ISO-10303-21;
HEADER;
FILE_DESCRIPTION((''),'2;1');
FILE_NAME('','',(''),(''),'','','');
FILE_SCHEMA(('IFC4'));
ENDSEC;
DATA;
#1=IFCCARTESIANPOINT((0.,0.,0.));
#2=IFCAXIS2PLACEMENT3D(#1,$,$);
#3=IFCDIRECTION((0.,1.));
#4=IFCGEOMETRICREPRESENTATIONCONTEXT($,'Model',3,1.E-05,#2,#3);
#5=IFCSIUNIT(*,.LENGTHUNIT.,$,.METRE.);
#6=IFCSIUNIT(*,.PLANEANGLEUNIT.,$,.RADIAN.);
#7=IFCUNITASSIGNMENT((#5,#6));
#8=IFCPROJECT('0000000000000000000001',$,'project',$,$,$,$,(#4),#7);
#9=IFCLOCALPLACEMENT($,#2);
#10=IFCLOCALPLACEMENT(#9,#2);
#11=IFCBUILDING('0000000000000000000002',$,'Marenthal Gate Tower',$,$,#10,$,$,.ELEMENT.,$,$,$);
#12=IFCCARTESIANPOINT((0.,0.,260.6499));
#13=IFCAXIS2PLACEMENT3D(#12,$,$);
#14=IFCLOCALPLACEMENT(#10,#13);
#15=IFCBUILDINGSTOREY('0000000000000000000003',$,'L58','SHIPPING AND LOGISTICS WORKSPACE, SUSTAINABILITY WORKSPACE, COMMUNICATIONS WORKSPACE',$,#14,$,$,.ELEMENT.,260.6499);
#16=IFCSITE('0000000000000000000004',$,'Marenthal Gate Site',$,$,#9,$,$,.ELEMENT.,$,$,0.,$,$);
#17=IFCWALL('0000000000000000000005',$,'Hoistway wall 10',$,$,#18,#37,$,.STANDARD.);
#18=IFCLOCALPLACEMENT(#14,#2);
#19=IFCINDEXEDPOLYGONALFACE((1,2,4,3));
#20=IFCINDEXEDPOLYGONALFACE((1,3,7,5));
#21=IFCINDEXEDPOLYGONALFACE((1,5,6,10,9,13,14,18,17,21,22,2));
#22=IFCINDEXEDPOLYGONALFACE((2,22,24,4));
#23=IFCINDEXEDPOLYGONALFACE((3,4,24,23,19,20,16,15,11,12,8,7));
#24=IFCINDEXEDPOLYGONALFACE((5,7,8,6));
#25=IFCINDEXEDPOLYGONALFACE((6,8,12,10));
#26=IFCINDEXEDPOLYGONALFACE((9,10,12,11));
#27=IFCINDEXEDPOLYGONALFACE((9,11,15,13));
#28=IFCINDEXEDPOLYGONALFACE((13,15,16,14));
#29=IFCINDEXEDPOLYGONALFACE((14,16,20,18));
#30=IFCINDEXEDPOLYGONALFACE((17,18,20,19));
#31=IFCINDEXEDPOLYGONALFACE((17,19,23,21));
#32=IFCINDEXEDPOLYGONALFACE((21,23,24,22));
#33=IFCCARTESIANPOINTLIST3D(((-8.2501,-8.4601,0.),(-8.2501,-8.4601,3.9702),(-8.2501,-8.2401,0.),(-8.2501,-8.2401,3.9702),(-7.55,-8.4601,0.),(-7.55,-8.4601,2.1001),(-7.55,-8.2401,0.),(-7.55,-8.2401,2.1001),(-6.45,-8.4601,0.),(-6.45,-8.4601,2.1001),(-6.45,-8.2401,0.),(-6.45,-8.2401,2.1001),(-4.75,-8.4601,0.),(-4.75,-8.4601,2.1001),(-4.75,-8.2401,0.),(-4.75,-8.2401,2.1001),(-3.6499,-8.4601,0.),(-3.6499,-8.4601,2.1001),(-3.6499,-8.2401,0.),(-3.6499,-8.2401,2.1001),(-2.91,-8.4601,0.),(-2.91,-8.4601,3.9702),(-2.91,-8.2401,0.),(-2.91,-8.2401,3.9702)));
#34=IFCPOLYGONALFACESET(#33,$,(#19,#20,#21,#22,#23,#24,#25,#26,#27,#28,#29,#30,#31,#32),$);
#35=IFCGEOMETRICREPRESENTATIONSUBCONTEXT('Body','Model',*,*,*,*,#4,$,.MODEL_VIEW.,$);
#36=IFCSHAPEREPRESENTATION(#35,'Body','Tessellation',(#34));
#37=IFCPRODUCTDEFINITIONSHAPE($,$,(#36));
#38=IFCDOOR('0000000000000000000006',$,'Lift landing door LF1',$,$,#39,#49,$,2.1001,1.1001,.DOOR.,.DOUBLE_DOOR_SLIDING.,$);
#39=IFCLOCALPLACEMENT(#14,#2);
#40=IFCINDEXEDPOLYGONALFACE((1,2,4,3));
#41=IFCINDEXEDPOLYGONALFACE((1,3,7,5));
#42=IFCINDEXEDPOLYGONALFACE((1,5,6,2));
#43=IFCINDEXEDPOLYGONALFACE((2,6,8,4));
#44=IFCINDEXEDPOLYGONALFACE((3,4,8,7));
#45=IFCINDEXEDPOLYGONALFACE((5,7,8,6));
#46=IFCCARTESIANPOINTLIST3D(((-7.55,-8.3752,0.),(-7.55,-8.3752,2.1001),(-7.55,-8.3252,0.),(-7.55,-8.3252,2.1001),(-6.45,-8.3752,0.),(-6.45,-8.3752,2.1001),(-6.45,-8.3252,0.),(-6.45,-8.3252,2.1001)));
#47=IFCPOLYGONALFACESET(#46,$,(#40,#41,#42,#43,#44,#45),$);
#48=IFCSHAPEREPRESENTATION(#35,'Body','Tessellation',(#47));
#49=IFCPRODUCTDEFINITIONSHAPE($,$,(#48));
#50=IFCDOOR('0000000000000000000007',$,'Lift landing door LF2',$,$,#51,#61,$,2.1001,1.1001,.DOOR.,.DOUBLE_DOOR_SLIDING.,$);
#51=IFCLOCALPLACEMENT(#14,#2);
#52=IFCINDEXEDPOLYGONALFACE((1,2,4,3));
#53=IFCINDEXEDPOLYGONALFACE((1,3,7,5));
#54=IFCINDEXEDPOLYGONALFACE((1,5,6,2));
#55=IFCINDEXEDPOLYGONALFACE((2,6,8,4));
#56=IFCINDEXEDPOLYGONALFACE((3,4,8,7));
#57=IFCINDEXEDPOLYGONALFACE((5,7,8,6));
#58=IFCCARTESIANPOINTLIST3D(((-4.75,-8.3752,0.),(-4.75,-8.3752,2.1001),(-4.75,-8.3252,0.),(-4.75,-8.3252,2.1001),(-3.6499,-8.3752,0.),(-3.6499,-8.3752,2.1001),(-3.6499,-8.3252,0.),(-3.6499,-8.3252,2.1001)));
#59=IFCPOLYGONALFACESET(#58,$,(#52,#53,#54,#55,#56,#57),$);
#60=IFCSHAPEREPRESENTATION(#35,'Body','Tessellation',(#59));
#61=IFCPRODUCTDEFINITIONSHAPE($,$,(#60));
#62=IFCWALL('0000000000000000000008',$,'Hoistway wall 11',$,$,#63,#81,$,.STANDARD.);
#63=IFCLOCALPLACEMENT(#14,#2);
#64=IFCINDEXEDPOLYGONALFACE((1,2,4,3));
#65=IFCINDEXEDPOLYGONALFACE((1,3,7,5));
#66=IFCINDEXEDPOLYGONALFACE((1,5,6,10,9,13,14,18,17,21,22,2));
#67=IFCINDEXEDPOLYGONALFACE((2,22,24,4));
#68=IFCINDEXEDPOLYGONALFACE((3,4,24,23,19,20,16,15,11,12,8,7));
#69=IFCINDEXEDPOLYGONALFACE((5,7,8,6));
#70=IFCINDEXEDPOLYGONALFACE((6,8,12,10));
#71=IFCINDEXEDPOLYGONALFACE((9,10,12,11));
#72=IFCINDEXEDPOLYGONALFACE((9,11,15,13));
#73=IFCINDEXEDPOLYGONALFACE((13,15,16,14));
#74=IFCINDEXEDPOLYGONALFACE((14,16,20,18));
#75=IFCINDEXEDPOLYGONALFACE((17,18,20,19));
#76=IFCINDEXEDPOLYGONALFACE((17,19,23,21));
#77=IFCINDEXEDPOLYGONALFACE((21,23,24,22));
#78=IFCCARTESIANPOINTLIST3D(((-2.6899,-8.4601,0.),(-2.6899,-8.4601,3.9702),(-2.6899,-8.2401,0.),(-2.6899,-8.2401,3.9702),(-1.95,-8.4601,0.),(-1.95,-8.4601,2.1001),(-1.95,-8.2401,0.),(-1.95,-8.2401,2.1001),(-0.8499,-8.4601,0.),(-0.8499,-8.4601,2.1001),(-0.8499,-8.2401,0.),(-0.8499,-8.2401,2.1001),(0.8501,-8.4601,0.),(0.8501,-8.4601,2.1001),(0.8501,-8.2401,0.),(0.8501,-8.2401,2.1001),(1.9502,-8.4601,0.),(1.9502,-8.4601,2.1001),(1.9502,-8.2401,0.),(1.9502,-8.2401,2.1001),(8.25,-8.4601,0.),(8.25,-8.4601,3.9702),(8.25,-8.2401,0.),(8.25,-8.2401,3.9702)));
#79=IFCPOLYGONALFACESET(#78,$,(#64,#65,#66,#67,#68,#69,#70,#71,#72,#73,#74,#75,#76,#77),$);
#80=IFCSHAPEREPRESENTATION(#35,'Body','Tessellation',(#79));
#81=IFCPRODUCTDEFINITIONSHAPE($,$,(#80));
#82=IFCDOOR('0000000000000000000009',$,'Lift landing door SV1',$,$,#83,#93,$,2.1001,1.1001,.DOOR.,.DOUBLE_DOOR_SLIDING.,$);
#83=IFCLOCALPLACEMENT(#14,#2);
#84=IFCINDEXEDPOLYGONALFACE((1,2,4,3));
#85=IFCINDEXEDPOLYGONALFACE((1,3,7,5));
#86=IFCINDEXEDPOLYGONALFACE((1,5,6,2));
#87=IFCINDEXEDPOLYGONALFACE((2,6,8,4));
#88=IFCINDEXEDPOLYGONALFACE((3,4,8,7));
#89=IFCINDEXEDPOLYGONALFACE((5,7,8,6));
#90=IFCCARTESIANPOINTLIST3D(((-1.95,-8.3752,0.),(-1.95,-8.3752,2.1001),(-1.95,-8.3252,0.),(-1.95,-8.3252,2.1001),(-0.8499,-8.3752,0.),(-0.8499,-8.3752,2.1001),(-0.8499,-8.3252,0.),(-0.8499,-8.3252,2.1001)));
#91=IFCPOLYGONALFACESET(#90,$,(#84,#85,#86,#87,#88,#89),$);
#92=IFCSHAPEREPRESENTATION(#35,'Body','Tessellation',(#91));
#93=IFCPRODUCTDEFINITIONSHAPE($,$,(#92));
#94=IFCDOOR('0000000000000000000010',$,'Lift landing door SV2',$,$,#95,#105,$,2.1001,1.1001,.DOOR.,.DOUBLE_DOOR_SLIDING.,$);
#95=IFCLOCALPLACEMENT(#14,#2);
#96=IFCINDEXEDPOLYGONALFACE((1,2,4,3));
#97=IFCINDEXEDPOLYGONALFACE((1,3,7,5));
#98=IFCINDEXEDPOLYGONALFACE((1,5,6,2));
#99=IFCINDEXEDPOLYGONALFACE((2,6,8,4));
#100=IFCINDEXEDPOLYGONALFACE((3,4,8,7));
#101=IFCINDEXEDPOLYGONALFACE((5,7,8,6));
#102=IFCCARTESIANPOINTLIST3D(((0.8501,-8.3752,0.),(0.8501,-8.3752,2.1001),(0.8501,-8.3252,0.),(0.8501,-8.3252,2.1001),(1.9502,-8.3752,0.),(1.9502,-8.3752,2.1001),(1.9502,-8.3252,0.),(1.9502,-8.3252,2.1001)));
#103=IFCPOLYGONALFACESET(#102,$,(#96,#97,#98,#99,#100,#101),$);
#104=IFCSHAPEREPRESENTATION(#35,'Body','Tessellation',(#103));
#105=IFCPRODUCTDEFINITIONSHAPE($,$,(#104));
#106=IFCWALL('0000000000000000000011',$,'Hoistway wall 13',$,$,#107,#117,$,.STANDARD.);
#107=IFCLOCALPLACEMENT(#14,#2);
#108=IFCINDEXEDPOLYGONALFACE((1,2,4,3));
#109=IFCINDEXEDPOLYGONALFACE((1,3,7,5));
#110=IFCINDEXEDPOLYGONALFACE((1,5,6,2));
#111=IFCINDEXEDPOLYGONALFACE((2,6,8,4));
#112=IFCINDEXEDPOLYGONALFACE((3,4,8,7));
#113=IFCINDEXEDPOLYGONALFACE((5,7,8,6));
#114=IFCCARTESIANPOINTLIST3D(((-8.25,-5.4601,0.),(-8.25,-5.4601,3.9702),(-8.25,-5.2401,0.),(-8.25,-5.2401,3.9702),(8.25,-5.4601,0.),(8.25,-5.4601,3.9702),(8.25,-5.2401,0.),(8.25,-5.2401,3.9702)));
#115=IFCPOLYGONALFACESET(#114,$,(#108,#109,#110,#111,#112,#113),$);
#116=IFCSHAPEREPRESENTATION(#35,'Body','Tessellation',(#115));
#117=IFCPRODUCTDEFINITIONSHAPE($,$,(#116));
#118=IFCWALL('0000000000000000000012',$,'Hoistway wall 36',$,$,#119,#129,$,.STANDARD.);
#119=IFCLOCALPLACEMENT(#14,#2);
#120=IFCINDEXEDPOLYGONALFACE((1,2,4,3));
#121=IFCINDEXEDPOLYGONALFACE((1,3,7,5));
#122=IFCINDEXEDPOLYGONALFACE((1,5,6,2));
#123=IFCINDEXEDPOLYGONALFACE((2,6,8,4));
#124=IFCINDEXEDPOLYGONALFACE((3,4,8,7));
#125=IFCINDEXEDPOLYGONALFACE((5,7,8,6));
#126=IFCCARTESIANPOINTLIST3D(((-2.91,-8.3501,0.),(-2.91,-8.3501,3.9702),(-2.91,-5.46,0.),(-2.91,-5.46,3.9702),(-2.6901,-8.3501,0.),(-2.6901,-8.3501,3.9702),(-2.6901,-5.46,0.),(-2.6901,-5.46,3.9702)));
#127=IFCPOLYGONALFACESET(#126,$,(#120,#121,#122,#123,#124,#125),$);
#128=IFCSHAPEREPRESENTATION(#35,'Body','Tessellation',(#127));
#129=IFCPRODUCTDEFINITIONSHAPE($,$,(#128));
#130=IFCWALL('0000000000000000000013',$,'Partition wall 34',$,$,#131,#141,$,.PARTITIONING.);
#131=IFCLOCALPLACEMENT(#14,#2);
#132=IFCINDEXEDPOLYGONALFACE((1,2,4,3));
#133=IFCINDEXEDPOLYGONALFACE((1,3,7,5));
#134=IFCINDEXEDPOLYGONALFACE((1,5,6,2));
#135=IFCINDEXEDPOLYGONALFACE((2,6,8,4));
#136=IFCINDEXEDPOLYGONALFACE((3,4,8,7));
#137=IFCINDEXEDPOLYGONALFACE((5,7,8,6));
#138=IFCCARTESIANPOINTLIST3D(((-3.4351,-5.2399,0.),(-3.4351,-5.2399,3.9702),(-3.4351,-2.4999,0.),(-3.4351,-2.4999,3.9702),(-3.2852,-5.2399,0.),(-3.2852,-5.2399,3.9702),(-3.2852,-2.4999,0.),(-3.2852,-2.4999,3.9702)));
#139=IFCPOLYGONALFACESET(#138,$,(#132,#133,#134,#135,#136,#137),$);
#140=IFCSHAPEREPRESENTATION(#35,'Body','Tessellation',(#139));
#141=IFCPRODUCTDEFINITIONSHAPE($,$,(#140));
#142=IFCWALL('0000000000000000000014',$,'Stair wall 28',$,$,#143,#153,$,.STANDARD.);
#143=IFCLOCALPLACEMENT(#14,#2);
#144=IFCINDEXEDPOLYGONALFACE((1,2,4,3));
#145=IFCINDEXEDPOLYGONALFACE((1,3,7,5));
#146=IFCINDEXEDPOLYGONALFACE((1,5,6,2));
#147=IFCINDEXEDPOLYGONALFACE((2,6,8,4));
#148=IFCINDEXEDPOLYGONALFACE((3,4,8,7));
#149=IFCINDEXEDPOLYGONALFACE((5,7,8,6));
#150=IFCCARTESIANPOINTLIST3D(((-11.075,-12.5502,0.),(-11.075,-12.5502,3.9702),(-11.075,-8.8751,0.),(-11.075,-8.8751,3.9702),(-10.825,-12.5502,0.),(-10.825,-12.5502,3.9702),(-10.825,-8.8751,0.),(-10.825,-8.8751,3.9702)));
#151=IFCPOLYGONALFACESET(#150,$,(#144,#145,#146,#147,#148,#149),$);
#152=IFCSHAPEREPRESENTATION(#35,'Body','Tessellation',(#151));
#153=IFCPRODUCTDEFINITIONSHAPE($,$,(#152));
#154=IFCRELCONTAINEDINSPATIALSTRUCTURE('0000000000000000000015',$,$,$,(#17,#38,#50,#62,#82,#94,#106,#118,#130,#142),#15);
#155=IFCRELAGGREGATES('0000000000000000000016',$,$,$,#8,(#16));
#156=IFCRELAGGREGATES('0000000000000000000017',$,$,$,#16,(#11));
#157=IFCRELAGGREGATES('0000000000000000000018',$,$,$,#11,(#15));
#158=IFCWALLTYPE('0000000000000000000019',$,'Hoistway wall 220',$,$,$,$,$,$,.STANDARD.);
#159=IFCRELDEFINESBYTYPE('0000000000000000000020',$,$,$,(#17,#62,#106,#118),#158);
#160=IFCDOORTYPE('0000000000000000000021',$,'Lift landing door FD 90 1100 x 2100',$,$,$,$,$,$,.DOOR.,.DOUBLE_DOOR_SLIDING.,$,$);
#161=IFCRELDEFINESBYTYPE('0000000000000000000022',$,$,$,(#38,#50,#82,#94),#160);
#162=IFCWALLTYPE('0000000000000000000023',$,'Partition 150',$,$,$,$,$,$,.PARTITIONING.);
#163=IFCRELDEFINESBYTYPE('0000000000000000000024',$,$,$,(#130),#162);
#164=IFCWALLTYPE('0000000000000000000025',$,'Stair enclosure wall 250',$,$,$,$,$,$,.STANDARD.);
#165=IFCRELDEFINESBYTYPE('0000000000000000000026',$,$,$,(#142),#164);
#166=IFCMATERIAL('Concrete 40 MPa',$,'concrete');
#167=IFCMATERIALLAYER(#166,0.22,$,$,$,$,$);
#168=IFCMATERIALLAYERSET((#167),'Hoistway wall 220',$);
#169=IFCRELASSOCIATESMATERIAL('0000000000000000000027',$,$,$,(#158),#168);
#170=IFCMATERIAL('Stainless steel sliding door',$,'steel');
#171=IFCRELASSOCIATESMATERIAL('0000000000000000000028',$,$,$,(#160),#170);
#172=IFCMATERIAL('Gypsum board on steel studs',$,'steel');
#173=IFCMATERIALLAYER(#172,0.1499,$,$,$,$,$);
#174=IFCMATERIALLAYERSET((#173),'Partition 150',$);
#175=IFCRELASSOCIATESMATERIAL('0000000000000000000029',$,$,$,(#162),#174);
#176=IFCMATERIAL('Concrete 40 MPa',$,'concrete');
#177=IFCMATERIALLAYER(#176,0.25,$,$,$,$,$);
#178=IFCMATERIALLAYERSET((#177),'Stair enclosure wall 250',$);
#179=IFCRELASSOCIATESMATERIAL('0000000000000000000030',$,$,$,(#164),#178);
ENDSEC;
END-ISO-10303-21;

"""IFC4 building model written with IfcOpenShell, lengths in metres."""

from ifc_helpers import new_model, si_unit, direction, frame, frame_2d, origin, place, context, subcontext, project, spatial, rectangle, extrude, material, layer, layer_set, type_object, element, fill, save


model = new_model("IFC4")

# Units and contexts
model_context = context("Model", 3, precision=1e-05, world=origin(), true_north=direction((0.0, 1.0)))
body_context = subcontext(model_context, "Body", "Model", "MODEL_VIEW")
ifc_project = project(units=[si_unit("LENGTHUNIT", "METRE"), si_unit("PLANEANGLEUNIT", "RADIAN")], contexts=[model_context])

# Site, building, storey
site_placement = place(None, origin())
site = spatial("IfcSite", under=ifc_project, at=site_placement, Name="Marenthal Gate Site", CompositionType="ELEMENT", RefElevation=0.0)
building_placement = place(site_placement, origin())
building = spatial("IfcBuilding", under=site, at=building_placement, Name="Marenthal Gate Tower", CompositionType="ELEMENT")
storey_placement = place(building_placement, frame((0.0, 0.0, 260.6499)))
storey = spatial("IfcBuildingStorey", under=building, at=storey_placement, Name="L58", Description="SHIPPING AND LOGISTICS WORKSPACE, SUSTAINABILITY WORKSPACE, COMMUNICATIONS WORKSPACE", CompositionType="ELEMENT", Elevation=260.6499)

# Walls, openings, doors
ifc_material_1 = material(Name="Concrete 40 MPa", Category="concrete")
ifc_layer_1 = layer(ifc_material_1, 0.22)
ifc_layer_set_1 = layer_set([ifc_layer_1], Name="Hoistway wall 220")
wall_type_1 = type_object("IfcWallType", Name="Hoistway wall 220", PredefinedType="STANDARD", material=ifc_layer_set_1)
wall_1_placement = place(storey_placement, frame((-8.25, -8.3501, 0.0), z_axis=(0.0, 0.0, 1.0), x_axis=(1.0, 0.0, 0.0)))
wall_1 = element("IfcWall", 1, at=wall_1_placement, inside=storey, type_object=wall_type_1, Name="Hoistway wall 10", PredefinedType="STANDARD", context=body_context, shape_type="SweptSolid", body=[
    extrude(rectangle(XDim=5.3401, YDim=0.22, at=frame_2d((2.6699, 0.0))), origin(), (0.0, 0.0, 1.0), 3.9702),
])
opening_1_placement = place(wall_1_placement, frame((0.7, 0.0, 0.0)))
opening_1 = element("IfcOpeningElement", 2, at=opening_1_placement, cuts=wall_1, PredefinedType="OPENING", context=body_context, shape_type="SweptSolid", body=[
    extrude(rectangle(XDim=1.1001, YDim=2.1001, at=frame_2d((0.55, 1.05))), frame((0.0, 0.1201, 0.0), z_axis=(0.0, -1.0, 0.0), x_axis=(1.0, 0.0, 0.0)), (0.0, 0.0, 1.0), 0.24),
])
opening_2_placement = place(wall_1_placement, frame((3.5, 0.0, 0.0)))
opening_2 = element("IfcOpeningElement", 3, at=opening_2_placement, cuts=wall_1, PredefinedType="OPENING", context=body_context, shape_type="SweptSolid", body=[
    extrude(rectangle(XDim=1.1001, YDim=2.1001, at=frame_2d((0.55, 1.05))), frame((0.0, 0.1201, 0.0), z_axis=(0.0, -1.0, 0.0), x_axis=(1.0, 0.0, 0.0)), (0.0, 0.0, 1.0), 0.24),
])
ifc_material_2 = material(Name="Stainless steel sliding door", Category="steel")
door_type_1 = type_object("IfcDoorType", Name="Lift landing door FD 90 1100 x 2100", OperationType="DOUBLE_DOOR_SLIDING", PredefinedType="DOOR", material=ifc_material_2)
door_1_placement = place(opening_1_placement, origin())
door_1 = element("IfcDoor", 4, at=door_1_placement, inside=storey, type_object=door_type_1, Name="Lift landing door LF1", OperationType="DOUBLE_DOOR_SLIDING", OverallHeight=2.1001, OverallWidth=1.1001, PredefinedType="DOOR", context=body_context, shape_type="SweptSolid", body=[
    extrude(rectangle(XDim=1.1001, YDim=2.1001, at=frame_2d((0.55, 1.05))), frame((0.0, 0.0249, 0.0), z_axis=(0.0, -1.0, 0.0), x_axis=(1.0, 0.0, 0.0)), (0.0, 0.0, 1.0), 0.05),
])
fill(opening_1, door_1)
door_2_placement = place(opening_2_placement, origin())
door_2 = element("IfcDoor", 5, at=door_2_placement, inside=storey, type_object=door_type_1, Name="Lift landing door LF2", OperationType="DOUBLE_DOOR_SLIDING", OverallHeight=2.1001, OverallWidth=1.1001, PredefinedType="DOOR", context=body_context, shape_type="SweptSolid", body=[
    extrude(rectangle(XDim=1.1001, YDim=2.1001, at=frame_2d((0.55, 1.05))), frame((0.0, 0.0249, 0.0), z_axis=(0.0, -1.0, 0.0), x_axis=(1.0, 0.0, 0.0)), (0.0, 0.0, 1.0), 0.05),
])
fill(opening_2, door_2)
wall_2_placement = place(storey_placement, frame((-2.6899, -8.3501, 0.0), z_axis=(0.0, 0.0, 1.0), x_axis=(1.0, 0.0, 0.0)))
wall_2 = element("IfcWall", 6, at=wall_2_placement, inside=storey, type_object=wall_type_1, Name="Hoistway wall 11", PredefinedType="STANDARD", context=body_context, shape_type="SweptSolid", body=[
    extrude(rectangle(XDim=10.9399, YDim=0.22, at=frame_2d((5.47, 0.0))), origin(), (0.0, 0.0, 1.0), 3.9702),
])
opening_3_placement = place(wall_2_placement, frame((0.74, 0.0, 0.0)))
opening_3 = element("IfcOpeningElement", 7, at=opening_3_placement, cuts=wall_2, PredefinedType="OPENING", context=body_context, shape_type="SweptSolid", body=[
    extrude(rectangle(XDim=1.1001, YDim=2.1001, at=frame_2d((0.55, 1.05))), frame((0.0, 0.1201, 0.0), z_axis=(0.0, -1.0, 0.0), x_axis=(1.0, 0.0, 0.0)), (0.0, 0.0, 1.0), 0.24),
])
opening_4_placement = place(wall_2_placement, frame((3.54, 0.0, 0.0)))
opening_4 = element("IfcOpeningElement", 8, at=opening_4_placement, cuts=wall_2, PredefinedType="OPENING", context=body_context, shape_type="SweptSolid", body=[
    extrude(rectangle(XDim=1.1001, YDim=2.1001, at=frame_2d((0.55, 1.05))), frame((0.0, 0.1201, 0.0), z_axis=(0.0, -1.0, 0.0), x_axis=(1.0, 0.0, 0.0)), (0.0, 0.0, 1.0), 0.24),
])
door_3_placement = place(opening_3_placement, origin())
door_3 = element("IfcDoor", 9, at=door_3_placement, inside=storey, type_object=door_type_1, Name="Lift landing door SV1", OperationType="DOUBLE_DOOR_SLIDING", OverallHeight=2.1001, OverallWidth=1.1001, PredefinedType="DOOR", context=body_context, shape_type="SweptSolid", body=[
    extrude(rectangle(XDim=1.1001, YDim=2.1001, at=frame_2d((0.55, 1.05))), frame((0.0, 0.0249, 0.0), z_axis=(0.0, -1.0, 0.0), x_axis=(1.0, 0.0, 0.0)), (0.0, 0.0, 1.0), 0.05),
])
fill(opening_3, door_3)
door_4_placement = place(opening_4_placement, origin())
door_4 = element("IfcDoor", 10, at=door_4_placement, inside=storey, type_object=door_type_1, Name="Lift landing door SV2", OperationType="DOUBLE_DOOR_SLIDING", OverallHeight=2.1001, OverallWidth=1.1001, PredefinedType="DOOR", context=body_context, shape_type="SweptSolid", body=[
    extrude(rectangle(XDim=1.1001, YDim=2.1001, at=frame_2d((0.55, 1.05))), frame((0.0, 0.0249, 0.0), z_axis=(0.0, -1.0, 0.0), x_axis=(1.0, 0.0, 0.0)), (0.0, 0.0, 1.0), 0.05),
])
fill(opening_4, door_4)

# Walls
wall_3_placement = place(storey_placement, frame((-8.25, -5.3501, 0.0), z_axis=(0.0, 0.0, 1.0), x_axis=(1.0, 0.0, 0.0)))
element("IfcWall", 11, at=wall_3_placement, inside=storey, type_object=wall_type_1, Name="Hoistway wall 13", PredefinedType="STANDARD", context=body_context, shape_type="SweptSolid", body=[
    extrude(rectangle(XDim=16.5, YDim=0.22, at=frame_2d((8.25, 0.0))), origin(), (0.0, 0.0, 1.0), 3.9702),
])
wall_4_placement = place(storey_placement, frame((-2.8, -8.3501, 0.0), z_axis=(0.0, 0.0, 1.0), x_axis=(0.0, 1.0, 0.0)))
element("IfcWall", 12, at=wall_4_placement, inside=storey, type_object=wall_type_1, Name="Hoistway wall 36", PredefinedType="STANDARD", context=body_context, shape_type="SweptSolid", body=[
    extrude(rectangle(XDim=2.8901, YDim=0.22, at=frame_2d((1.4451, 0.0))), origin(), (0.0, 0.0, 1.0), 3.9702),
])
ifc_material_3 = material(Name="Gypsum board on steel studs", Category="steel")
ifc_layer_2 = layer(ifc_material_3, 0.1499)
ifc_layer_set_2 = layer_set([ifc_layer_2], Name="Partition 150")
wall_type_2 = type_object("IfcWallType", Name="Partition 150", PredefinedType="PARTITIONING", material=ifc_layer_set_2)
wall_5_placement = place(storey_placement, frame((-3.3601, -5.24, 0.0), z_axis=(0.0, 0.0, 1.0), x_axis=(0.0, 1.0, 0.0)))
element("IfcWall", 13, at=wall_5_placement, inside=storey, type_object=wall_type_2, Name="Partition wall 34", PredefinedType="PARTITIONING", context=body_context, shape_type="SweptSolid", body=[
    extrude(rectangle(XDim=2.74, YDim=0.1499, at=frame_2d((1.3701, 0.0))), origin(), (0.0, 0.0, 1.0), 3.9702),
])
ifc_material_4 = material(Name="Concrete 40 MPa", Category="concrete")
ifc_layer_3 = layer(ifc_material_4, 0.25)
ifc_layer_set_3 = layer_set([ifc_layer_3], Name="Stair enclosure wall 250")
wall_type_3 = type_object("IfcWallType", Name="Stair enclosure wall 250", PredefinedType="STANDARD", material=ifc_layer_set_3)
wall_6_placement = place(storey_placement, frame((-10.95, -12.55, 0.0), z_axis=(0.0, 0.0, 1.0), x_axis=(0.0, 1.0, 0.0)))
element("IfcWall", 14, at=wall_6_placement, inside=storey, type_object=wall_type_3, Name="Stair wall 28", PredefinedType="STANDARD", context=body_context, shape_type="SweptSolid", body=[
    extrude(rectangle(XDim=3.675, YDim=0.25, at=frame_2d((1.8374, 0.0))), origin(), (0.0, 0.0, 1.0), 3.9702),
])

save(model, "model.ifc")
